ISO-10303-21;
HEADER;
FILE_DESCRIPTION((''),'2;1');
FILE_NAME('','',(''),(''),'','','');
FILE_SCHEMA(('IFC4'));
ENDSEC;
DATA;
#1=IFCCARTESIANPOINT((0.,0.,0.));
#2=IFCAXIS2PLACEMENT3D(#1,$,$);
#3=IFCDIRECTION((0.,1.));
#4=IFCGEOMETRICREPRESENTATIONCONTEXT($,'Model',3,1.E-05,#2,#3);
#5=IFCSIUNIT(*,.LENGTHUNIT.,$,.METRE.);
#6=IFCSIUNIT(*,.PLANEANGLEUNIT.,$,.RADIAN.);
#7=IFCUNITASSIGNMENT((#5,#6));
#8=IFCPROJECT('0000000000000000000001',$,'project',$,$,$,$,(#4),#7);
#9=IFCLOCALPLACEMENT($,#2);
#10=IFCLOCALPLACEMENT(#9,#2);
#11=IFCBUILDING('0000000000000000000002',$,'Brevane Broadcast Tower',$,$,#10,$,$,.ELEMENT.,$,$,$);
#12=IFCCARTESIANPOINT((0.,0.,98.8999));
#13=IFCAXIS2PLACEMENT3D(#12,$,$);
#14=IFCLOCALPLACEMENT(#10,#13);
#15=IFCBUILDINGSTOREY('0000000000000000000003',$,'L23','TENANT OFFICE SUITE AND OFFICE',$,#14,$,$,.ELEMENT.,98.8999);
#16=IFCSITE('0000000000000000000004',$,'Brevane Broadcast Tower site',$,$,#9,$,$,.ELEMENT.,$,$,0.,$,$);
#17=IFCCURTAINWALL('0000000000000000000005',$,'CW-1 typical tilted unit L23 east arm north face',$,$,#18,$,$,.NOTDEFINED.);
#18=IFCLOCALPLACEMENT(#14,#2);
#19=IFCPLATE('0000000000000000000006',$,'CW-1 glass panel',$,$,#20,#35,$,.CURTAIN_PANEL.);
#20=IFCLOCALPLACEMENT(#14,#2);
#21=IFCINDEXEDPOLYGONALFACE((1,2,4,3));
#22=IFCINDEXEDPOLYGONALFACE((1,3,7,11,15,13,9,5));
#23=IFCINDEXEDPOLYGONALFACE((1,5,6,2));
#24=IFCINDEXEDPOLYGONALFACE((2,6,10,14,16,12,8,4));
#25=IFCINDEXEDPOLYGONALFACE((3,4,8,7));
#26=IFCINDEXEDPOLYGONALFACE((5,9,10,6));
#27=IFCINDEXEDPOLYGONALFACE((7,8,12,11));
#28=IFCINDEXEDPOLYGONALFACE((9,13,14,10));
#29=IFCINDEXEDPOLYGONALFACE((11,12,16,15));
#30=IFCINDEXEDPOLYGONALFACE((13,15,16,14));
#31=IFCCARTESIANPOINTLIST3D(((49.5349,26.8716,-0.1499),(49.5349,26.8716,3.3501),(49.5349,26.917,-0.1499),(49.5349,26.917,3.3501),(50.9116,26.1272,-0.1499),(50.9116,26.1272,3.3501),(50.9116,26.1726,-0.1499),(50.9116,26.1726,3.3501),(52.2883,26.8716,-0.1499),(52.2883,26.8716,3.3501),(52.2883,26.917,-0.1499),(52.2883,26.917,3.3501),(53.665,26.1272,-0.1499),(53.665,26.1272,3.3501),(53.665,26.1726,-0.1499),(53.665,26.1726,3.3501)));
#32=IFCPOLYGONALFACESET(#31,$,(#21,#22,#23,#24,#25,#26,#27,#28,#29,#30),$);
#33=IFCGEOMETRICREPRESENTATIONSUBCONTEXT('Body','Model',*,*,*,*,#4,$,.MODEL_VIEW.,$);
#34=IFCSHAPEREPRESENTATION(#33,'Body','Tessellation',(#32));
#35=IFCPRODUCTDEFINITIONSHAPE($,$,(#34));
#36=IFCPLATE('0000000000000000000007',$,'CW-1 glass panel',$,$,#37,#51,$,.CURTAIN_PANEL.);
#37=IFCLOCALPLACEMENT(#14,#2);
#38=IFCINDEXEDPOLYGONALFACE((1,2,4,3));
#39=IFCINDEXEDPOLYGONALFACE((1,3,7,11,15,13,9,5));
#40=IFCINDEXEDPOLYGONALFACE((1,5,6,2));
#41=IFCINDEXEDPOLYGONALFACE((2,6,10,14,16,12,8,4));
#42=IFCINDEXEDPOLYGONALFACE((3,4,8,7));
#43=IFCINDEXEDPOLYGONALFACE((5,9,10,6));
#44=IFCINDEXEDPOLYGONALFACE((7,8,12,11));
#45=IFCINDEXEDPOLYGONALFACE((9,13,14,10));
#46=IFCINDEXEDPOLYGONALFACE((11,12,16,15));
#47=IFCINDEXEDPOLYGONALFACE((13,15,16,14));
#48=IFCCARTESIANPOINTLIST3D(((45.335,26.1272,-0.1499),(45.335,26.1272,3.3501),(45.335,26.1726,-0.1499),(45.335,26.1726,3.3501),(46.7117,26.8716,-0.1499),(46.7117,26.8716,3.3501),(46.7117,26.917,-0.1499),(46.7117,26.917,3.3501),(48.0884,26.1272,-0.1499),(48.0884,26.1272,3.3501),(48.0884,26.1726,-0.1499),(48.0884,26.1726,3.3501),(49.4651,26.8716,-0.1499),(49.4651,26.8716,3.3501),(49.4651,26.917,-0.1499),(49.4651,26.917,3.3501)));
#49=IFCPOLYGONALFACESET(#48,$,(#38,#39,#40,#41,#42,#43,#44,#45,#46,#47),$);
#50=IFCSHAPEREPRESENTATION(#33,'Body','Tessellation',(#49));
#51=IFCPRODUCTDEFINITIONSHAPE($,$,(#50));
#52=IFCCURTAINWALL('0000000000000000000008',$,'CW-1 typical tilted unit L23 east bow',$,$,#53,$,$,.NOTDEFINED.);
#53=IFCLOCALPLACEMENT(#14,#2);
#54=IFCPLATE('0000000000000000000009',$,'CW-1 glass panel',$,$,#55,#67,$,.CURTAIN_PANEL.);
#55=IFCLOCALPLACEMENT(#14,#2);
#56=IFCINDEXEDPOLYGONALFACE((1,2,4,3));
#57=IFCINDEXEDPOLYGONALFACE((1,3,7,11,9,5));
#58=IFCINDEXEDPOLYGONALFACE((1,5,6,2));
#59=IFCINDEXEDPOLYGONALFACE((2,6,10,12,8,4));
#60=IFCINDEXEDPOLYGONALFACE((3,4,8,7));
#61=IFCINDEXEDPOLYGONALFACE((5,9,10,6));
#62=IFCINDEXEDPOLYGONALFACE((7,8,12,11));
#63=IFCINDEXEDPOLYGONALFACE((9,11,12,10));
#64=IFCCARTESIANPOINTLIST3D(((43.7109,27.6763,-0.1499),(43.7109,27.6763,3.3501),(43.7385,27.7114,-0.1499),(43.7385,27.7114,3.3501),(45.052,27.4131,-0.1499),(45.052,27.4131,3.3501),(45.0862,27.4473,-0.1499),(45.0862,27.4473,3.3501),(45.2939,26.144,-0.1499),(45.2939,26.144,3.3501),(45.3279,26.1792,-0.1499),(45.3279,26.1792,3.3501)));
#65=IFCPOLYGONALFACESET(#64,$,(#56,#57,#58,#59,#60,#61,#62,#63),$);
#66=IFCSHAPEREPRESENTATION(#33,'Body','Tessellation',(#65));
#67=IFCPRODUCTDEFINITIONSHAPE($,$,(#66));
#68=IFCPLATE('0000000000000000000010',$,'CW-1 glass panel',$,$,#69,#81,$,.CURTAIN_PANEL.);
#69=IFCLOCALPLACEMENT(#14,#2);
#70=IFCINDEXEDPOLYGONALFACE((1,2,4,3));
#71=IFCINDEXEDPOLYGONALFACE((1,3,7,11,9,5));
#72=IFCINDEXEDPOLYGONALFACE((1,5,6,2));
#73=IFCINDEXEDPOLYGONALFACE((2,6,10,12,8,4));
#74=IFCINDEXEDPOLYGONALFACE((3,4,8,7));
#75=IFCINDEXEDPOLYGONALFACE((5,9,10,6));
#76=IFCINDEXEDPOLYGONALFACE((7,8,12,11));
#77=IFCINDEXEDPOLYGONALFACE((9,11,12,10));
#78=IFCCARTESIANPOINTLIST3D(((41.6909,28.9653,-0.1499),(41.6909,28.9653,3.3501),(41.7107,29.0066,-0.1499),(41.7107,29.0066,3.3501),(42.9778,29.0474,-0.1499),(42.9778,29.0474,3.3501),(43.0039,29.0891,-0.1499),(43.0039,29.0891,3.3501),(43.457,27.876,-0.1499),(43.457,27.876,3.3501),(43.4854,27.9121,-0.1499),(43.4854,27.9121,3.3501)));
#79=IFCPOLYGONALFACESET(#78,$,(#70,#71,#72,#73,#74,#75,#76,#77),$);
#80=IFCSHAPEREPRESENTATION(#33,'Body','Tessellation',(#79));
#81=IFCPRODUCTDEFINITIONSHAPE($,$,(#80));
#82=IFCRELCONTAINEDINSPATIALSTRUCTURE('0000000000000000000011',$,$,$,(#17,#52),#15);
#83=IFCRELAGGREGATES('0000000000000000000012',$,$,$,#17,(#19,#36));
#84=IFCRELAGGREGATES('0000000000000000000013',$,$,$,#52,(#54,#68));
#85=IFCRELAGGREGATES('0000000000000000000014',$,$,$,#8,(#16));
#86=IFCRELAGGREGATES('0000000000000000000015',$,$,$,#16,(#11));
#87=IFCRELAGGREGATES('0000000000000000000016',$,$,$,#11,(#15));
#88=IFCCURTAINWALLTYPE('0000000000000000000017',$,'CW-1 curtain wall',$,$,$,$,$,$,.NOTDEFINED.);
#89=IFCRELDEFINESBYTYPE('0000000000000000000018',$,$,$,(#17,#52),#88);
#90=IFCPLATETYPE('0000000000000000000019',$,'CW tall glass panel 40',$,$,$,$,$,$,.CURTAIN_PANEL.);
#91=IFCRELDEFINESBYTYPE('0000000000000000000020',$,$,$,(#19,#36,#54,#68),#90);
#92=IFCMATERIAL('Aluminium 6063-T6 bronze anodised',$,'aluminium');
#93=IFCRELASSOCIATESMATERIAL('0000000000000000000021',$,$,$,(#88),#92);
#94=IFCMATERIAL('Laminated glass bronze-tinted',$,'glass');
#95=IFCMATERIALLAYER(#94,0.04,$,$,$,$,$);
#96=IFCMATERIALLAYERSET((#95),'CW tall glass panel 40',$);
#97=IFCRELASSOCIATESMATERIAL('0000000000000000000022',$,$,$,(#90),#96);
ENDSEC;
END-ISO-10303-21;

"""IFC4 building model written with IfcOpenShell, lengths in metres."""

from ifc_helpers import new_model, si_unit, direction, frame, origin, place, context, subcontext, project, spatial, polyline, outline, extrude, material, layer, layer_set, type_object, element, aggregate, save


model = new_model("IFC4")

# Units and contexts
model_context = context("Model", 3, precision=1e-05, world=origin(), true_north=direction((0.0, 1.0)))
body_context = subcontext(model_context, "Body", "Model", "MODEL_VIEW")
ifc_project = project(units=[si_unit("LENGTHUNIT", "METRE"), si_unit("PLANEANGLEUNIT", "RADIAN")], contexts=[model_context])

# Site, building, storey
site_placement = place(None, origin())
site = spatial("IfcSite", under=ifc_project, at=site_placement, Name="Brevane Broadcast Tower site", CompositionType="ELEMENT", RefElevation=0.0)
building_placement = place(site_placement, origin())
building = spatial("IfcBuilding", under=site, at=building_placement, Name="Brevane Broadcast Tower", CompositionType="ELEMENT")
storey_placement = place(building_placement, frame((0.0, 0.0, 98.8999)))
storey = spatial("IfcBuildingStorey", under=building, at=storey_placement, Name="L23", Description="TENANT OFFICE SUITE AND OFFICE", CompositionType="ELEMENT", Elevation=98.8999)

# Curtain walls, plates
ifc_material_1 = material(Name="Aluminium 6063-T6 bronze anodised", Category="aluminium")
curtain_wall_type = type_object("IfcCurtainWallType", Name="CW-1 curtain wall", PredefinedType="NOTDEFINED", material=ifc_material_1)
ifc_material_2 = material(Name="Laminated glass bronze-tinted", Category="glass")
ifc_layer = layer(ifc_material_2, 0.04)
ifc_layer_set = layer_set([ifc_layer], Name="CW tall glass panel 40")
plate_type = type_object("IfcPlateType", Name="CW tall glass panel 40", PredefinedType="CURTAIN_PANEL", material=ifc_layer_set)
curtain_wall_1_placement = place(storey_placement, origin())
curtain_wall_1 = element("IfcCurtainWall", 1, at=curtain_wall_1_placement, inside=storey, type_object=curtain_wall_type, Name="CW-1 typical tilted unit L23 east arm north face", PredefinedType="NOTDEFINED")
plate_1_placement = place(storey_placement, frame((0.0, 0.0, -0.1499)))
plate_1 = element("IfcPlate", 2, at=plate_1_placement, type_object=plate_type, Name="CW-1 glass panel", PredefinedType="CURTAIN_PANEL", context=body_context, shape_type="SweptSolid", body=[
    extrude(outline(polyline([(53.665, 26.1272), (53.665, 26.1726), (52.2883, 26.917), (50.9116, 26.1726), (49.5349, 26.917), (49.5349, 26.8716), (50.9116, 26.1272), (52.2883, 26.8716), (53.665, 26.1272)])), origin(), (0.0, 0.0, 1.0), 3.5),
])
plate_2_placement = place(storey_placement, frame((0.0, 0.0, -0.1499)))
plate_2 = element("IfcPlate", 3, at=plate_2_placement, type_object=plate_type, Name="CW-1 glass panel", PredefinedType="CURTAIN_PANEL", context=body_context, shape_type="SweptSolid", body=[
    extrude(outline(polyline([(49.4651, 26.8716), (49.4651, 26.917), (48.0884, 26.1726), (46.7117, 26.917), (45.335, 26.1726), (45.335, 26.1272), (46.7117, 26.8716), (48.0884, 26.1272), (49.4651, 26.8716)])), origin(), (0.0, 0.0, 1.0), 3.5),
])
aggregate(curtain_wall_1, [plate_1, plate_2])
curtain_wall_2_placement = place(storey_placement, origin())
curtain_wall_2 = element("IfcCurtainWall", 4, at=curtain_wall_2_placement, inside=storey, type_object=curtain_wall_type, Name="CW-1 typical tilted unit L23 east bow", PredefinedType="NOTDEFINED")
plate_3_placement = place(storey_placement, frame((0.0, 0.0, -0.1499)))
plate_3 = element("IfcPlate", 5, at=plate_3_placement, type_object=plate_type, Name="CW-1 glass panel", PredefinedType="CURTAIN_PANEL", context=body_context, shape_type="SweptSolid", body=[
    extrude(outline(polyline([(45.2939, 26.144), (45.3279, 26.1792), (45.0862, 27.4473), (43.7385, 27.7114), (43.7109, 27.6763), (45.052, 27.4131), (45.2939, 26.144)])), origin(), (0.0, 0.0, 1.0), 3.5),
])
plate_4_placement = place(storey_placement, frame((0.0, 0.0, -0.1499)))
plate_4 = element("IfcPlate", 6, at=plate_4_placement, type_object=plate_type, Name="CW-1 glass panel", PredefinedType="CURTAIN_PANEL", context=body_context, shape_type="SweptSolid", body=[
    extrude(outline(polyline([(43.457, 27.876), (43.4854, 27.9121), (43.0039, 29.0891), (41.7107, 29.0066), (41.6909, 28.9653), (42.9778, 29.0474), (43.457, 27.876)])), origin(), (0.0, 0.0, 1.0), 3.5),
])
aggregate(curtain_wall_2, [plate_3, plate_4])

save(model, "model.ifc")
